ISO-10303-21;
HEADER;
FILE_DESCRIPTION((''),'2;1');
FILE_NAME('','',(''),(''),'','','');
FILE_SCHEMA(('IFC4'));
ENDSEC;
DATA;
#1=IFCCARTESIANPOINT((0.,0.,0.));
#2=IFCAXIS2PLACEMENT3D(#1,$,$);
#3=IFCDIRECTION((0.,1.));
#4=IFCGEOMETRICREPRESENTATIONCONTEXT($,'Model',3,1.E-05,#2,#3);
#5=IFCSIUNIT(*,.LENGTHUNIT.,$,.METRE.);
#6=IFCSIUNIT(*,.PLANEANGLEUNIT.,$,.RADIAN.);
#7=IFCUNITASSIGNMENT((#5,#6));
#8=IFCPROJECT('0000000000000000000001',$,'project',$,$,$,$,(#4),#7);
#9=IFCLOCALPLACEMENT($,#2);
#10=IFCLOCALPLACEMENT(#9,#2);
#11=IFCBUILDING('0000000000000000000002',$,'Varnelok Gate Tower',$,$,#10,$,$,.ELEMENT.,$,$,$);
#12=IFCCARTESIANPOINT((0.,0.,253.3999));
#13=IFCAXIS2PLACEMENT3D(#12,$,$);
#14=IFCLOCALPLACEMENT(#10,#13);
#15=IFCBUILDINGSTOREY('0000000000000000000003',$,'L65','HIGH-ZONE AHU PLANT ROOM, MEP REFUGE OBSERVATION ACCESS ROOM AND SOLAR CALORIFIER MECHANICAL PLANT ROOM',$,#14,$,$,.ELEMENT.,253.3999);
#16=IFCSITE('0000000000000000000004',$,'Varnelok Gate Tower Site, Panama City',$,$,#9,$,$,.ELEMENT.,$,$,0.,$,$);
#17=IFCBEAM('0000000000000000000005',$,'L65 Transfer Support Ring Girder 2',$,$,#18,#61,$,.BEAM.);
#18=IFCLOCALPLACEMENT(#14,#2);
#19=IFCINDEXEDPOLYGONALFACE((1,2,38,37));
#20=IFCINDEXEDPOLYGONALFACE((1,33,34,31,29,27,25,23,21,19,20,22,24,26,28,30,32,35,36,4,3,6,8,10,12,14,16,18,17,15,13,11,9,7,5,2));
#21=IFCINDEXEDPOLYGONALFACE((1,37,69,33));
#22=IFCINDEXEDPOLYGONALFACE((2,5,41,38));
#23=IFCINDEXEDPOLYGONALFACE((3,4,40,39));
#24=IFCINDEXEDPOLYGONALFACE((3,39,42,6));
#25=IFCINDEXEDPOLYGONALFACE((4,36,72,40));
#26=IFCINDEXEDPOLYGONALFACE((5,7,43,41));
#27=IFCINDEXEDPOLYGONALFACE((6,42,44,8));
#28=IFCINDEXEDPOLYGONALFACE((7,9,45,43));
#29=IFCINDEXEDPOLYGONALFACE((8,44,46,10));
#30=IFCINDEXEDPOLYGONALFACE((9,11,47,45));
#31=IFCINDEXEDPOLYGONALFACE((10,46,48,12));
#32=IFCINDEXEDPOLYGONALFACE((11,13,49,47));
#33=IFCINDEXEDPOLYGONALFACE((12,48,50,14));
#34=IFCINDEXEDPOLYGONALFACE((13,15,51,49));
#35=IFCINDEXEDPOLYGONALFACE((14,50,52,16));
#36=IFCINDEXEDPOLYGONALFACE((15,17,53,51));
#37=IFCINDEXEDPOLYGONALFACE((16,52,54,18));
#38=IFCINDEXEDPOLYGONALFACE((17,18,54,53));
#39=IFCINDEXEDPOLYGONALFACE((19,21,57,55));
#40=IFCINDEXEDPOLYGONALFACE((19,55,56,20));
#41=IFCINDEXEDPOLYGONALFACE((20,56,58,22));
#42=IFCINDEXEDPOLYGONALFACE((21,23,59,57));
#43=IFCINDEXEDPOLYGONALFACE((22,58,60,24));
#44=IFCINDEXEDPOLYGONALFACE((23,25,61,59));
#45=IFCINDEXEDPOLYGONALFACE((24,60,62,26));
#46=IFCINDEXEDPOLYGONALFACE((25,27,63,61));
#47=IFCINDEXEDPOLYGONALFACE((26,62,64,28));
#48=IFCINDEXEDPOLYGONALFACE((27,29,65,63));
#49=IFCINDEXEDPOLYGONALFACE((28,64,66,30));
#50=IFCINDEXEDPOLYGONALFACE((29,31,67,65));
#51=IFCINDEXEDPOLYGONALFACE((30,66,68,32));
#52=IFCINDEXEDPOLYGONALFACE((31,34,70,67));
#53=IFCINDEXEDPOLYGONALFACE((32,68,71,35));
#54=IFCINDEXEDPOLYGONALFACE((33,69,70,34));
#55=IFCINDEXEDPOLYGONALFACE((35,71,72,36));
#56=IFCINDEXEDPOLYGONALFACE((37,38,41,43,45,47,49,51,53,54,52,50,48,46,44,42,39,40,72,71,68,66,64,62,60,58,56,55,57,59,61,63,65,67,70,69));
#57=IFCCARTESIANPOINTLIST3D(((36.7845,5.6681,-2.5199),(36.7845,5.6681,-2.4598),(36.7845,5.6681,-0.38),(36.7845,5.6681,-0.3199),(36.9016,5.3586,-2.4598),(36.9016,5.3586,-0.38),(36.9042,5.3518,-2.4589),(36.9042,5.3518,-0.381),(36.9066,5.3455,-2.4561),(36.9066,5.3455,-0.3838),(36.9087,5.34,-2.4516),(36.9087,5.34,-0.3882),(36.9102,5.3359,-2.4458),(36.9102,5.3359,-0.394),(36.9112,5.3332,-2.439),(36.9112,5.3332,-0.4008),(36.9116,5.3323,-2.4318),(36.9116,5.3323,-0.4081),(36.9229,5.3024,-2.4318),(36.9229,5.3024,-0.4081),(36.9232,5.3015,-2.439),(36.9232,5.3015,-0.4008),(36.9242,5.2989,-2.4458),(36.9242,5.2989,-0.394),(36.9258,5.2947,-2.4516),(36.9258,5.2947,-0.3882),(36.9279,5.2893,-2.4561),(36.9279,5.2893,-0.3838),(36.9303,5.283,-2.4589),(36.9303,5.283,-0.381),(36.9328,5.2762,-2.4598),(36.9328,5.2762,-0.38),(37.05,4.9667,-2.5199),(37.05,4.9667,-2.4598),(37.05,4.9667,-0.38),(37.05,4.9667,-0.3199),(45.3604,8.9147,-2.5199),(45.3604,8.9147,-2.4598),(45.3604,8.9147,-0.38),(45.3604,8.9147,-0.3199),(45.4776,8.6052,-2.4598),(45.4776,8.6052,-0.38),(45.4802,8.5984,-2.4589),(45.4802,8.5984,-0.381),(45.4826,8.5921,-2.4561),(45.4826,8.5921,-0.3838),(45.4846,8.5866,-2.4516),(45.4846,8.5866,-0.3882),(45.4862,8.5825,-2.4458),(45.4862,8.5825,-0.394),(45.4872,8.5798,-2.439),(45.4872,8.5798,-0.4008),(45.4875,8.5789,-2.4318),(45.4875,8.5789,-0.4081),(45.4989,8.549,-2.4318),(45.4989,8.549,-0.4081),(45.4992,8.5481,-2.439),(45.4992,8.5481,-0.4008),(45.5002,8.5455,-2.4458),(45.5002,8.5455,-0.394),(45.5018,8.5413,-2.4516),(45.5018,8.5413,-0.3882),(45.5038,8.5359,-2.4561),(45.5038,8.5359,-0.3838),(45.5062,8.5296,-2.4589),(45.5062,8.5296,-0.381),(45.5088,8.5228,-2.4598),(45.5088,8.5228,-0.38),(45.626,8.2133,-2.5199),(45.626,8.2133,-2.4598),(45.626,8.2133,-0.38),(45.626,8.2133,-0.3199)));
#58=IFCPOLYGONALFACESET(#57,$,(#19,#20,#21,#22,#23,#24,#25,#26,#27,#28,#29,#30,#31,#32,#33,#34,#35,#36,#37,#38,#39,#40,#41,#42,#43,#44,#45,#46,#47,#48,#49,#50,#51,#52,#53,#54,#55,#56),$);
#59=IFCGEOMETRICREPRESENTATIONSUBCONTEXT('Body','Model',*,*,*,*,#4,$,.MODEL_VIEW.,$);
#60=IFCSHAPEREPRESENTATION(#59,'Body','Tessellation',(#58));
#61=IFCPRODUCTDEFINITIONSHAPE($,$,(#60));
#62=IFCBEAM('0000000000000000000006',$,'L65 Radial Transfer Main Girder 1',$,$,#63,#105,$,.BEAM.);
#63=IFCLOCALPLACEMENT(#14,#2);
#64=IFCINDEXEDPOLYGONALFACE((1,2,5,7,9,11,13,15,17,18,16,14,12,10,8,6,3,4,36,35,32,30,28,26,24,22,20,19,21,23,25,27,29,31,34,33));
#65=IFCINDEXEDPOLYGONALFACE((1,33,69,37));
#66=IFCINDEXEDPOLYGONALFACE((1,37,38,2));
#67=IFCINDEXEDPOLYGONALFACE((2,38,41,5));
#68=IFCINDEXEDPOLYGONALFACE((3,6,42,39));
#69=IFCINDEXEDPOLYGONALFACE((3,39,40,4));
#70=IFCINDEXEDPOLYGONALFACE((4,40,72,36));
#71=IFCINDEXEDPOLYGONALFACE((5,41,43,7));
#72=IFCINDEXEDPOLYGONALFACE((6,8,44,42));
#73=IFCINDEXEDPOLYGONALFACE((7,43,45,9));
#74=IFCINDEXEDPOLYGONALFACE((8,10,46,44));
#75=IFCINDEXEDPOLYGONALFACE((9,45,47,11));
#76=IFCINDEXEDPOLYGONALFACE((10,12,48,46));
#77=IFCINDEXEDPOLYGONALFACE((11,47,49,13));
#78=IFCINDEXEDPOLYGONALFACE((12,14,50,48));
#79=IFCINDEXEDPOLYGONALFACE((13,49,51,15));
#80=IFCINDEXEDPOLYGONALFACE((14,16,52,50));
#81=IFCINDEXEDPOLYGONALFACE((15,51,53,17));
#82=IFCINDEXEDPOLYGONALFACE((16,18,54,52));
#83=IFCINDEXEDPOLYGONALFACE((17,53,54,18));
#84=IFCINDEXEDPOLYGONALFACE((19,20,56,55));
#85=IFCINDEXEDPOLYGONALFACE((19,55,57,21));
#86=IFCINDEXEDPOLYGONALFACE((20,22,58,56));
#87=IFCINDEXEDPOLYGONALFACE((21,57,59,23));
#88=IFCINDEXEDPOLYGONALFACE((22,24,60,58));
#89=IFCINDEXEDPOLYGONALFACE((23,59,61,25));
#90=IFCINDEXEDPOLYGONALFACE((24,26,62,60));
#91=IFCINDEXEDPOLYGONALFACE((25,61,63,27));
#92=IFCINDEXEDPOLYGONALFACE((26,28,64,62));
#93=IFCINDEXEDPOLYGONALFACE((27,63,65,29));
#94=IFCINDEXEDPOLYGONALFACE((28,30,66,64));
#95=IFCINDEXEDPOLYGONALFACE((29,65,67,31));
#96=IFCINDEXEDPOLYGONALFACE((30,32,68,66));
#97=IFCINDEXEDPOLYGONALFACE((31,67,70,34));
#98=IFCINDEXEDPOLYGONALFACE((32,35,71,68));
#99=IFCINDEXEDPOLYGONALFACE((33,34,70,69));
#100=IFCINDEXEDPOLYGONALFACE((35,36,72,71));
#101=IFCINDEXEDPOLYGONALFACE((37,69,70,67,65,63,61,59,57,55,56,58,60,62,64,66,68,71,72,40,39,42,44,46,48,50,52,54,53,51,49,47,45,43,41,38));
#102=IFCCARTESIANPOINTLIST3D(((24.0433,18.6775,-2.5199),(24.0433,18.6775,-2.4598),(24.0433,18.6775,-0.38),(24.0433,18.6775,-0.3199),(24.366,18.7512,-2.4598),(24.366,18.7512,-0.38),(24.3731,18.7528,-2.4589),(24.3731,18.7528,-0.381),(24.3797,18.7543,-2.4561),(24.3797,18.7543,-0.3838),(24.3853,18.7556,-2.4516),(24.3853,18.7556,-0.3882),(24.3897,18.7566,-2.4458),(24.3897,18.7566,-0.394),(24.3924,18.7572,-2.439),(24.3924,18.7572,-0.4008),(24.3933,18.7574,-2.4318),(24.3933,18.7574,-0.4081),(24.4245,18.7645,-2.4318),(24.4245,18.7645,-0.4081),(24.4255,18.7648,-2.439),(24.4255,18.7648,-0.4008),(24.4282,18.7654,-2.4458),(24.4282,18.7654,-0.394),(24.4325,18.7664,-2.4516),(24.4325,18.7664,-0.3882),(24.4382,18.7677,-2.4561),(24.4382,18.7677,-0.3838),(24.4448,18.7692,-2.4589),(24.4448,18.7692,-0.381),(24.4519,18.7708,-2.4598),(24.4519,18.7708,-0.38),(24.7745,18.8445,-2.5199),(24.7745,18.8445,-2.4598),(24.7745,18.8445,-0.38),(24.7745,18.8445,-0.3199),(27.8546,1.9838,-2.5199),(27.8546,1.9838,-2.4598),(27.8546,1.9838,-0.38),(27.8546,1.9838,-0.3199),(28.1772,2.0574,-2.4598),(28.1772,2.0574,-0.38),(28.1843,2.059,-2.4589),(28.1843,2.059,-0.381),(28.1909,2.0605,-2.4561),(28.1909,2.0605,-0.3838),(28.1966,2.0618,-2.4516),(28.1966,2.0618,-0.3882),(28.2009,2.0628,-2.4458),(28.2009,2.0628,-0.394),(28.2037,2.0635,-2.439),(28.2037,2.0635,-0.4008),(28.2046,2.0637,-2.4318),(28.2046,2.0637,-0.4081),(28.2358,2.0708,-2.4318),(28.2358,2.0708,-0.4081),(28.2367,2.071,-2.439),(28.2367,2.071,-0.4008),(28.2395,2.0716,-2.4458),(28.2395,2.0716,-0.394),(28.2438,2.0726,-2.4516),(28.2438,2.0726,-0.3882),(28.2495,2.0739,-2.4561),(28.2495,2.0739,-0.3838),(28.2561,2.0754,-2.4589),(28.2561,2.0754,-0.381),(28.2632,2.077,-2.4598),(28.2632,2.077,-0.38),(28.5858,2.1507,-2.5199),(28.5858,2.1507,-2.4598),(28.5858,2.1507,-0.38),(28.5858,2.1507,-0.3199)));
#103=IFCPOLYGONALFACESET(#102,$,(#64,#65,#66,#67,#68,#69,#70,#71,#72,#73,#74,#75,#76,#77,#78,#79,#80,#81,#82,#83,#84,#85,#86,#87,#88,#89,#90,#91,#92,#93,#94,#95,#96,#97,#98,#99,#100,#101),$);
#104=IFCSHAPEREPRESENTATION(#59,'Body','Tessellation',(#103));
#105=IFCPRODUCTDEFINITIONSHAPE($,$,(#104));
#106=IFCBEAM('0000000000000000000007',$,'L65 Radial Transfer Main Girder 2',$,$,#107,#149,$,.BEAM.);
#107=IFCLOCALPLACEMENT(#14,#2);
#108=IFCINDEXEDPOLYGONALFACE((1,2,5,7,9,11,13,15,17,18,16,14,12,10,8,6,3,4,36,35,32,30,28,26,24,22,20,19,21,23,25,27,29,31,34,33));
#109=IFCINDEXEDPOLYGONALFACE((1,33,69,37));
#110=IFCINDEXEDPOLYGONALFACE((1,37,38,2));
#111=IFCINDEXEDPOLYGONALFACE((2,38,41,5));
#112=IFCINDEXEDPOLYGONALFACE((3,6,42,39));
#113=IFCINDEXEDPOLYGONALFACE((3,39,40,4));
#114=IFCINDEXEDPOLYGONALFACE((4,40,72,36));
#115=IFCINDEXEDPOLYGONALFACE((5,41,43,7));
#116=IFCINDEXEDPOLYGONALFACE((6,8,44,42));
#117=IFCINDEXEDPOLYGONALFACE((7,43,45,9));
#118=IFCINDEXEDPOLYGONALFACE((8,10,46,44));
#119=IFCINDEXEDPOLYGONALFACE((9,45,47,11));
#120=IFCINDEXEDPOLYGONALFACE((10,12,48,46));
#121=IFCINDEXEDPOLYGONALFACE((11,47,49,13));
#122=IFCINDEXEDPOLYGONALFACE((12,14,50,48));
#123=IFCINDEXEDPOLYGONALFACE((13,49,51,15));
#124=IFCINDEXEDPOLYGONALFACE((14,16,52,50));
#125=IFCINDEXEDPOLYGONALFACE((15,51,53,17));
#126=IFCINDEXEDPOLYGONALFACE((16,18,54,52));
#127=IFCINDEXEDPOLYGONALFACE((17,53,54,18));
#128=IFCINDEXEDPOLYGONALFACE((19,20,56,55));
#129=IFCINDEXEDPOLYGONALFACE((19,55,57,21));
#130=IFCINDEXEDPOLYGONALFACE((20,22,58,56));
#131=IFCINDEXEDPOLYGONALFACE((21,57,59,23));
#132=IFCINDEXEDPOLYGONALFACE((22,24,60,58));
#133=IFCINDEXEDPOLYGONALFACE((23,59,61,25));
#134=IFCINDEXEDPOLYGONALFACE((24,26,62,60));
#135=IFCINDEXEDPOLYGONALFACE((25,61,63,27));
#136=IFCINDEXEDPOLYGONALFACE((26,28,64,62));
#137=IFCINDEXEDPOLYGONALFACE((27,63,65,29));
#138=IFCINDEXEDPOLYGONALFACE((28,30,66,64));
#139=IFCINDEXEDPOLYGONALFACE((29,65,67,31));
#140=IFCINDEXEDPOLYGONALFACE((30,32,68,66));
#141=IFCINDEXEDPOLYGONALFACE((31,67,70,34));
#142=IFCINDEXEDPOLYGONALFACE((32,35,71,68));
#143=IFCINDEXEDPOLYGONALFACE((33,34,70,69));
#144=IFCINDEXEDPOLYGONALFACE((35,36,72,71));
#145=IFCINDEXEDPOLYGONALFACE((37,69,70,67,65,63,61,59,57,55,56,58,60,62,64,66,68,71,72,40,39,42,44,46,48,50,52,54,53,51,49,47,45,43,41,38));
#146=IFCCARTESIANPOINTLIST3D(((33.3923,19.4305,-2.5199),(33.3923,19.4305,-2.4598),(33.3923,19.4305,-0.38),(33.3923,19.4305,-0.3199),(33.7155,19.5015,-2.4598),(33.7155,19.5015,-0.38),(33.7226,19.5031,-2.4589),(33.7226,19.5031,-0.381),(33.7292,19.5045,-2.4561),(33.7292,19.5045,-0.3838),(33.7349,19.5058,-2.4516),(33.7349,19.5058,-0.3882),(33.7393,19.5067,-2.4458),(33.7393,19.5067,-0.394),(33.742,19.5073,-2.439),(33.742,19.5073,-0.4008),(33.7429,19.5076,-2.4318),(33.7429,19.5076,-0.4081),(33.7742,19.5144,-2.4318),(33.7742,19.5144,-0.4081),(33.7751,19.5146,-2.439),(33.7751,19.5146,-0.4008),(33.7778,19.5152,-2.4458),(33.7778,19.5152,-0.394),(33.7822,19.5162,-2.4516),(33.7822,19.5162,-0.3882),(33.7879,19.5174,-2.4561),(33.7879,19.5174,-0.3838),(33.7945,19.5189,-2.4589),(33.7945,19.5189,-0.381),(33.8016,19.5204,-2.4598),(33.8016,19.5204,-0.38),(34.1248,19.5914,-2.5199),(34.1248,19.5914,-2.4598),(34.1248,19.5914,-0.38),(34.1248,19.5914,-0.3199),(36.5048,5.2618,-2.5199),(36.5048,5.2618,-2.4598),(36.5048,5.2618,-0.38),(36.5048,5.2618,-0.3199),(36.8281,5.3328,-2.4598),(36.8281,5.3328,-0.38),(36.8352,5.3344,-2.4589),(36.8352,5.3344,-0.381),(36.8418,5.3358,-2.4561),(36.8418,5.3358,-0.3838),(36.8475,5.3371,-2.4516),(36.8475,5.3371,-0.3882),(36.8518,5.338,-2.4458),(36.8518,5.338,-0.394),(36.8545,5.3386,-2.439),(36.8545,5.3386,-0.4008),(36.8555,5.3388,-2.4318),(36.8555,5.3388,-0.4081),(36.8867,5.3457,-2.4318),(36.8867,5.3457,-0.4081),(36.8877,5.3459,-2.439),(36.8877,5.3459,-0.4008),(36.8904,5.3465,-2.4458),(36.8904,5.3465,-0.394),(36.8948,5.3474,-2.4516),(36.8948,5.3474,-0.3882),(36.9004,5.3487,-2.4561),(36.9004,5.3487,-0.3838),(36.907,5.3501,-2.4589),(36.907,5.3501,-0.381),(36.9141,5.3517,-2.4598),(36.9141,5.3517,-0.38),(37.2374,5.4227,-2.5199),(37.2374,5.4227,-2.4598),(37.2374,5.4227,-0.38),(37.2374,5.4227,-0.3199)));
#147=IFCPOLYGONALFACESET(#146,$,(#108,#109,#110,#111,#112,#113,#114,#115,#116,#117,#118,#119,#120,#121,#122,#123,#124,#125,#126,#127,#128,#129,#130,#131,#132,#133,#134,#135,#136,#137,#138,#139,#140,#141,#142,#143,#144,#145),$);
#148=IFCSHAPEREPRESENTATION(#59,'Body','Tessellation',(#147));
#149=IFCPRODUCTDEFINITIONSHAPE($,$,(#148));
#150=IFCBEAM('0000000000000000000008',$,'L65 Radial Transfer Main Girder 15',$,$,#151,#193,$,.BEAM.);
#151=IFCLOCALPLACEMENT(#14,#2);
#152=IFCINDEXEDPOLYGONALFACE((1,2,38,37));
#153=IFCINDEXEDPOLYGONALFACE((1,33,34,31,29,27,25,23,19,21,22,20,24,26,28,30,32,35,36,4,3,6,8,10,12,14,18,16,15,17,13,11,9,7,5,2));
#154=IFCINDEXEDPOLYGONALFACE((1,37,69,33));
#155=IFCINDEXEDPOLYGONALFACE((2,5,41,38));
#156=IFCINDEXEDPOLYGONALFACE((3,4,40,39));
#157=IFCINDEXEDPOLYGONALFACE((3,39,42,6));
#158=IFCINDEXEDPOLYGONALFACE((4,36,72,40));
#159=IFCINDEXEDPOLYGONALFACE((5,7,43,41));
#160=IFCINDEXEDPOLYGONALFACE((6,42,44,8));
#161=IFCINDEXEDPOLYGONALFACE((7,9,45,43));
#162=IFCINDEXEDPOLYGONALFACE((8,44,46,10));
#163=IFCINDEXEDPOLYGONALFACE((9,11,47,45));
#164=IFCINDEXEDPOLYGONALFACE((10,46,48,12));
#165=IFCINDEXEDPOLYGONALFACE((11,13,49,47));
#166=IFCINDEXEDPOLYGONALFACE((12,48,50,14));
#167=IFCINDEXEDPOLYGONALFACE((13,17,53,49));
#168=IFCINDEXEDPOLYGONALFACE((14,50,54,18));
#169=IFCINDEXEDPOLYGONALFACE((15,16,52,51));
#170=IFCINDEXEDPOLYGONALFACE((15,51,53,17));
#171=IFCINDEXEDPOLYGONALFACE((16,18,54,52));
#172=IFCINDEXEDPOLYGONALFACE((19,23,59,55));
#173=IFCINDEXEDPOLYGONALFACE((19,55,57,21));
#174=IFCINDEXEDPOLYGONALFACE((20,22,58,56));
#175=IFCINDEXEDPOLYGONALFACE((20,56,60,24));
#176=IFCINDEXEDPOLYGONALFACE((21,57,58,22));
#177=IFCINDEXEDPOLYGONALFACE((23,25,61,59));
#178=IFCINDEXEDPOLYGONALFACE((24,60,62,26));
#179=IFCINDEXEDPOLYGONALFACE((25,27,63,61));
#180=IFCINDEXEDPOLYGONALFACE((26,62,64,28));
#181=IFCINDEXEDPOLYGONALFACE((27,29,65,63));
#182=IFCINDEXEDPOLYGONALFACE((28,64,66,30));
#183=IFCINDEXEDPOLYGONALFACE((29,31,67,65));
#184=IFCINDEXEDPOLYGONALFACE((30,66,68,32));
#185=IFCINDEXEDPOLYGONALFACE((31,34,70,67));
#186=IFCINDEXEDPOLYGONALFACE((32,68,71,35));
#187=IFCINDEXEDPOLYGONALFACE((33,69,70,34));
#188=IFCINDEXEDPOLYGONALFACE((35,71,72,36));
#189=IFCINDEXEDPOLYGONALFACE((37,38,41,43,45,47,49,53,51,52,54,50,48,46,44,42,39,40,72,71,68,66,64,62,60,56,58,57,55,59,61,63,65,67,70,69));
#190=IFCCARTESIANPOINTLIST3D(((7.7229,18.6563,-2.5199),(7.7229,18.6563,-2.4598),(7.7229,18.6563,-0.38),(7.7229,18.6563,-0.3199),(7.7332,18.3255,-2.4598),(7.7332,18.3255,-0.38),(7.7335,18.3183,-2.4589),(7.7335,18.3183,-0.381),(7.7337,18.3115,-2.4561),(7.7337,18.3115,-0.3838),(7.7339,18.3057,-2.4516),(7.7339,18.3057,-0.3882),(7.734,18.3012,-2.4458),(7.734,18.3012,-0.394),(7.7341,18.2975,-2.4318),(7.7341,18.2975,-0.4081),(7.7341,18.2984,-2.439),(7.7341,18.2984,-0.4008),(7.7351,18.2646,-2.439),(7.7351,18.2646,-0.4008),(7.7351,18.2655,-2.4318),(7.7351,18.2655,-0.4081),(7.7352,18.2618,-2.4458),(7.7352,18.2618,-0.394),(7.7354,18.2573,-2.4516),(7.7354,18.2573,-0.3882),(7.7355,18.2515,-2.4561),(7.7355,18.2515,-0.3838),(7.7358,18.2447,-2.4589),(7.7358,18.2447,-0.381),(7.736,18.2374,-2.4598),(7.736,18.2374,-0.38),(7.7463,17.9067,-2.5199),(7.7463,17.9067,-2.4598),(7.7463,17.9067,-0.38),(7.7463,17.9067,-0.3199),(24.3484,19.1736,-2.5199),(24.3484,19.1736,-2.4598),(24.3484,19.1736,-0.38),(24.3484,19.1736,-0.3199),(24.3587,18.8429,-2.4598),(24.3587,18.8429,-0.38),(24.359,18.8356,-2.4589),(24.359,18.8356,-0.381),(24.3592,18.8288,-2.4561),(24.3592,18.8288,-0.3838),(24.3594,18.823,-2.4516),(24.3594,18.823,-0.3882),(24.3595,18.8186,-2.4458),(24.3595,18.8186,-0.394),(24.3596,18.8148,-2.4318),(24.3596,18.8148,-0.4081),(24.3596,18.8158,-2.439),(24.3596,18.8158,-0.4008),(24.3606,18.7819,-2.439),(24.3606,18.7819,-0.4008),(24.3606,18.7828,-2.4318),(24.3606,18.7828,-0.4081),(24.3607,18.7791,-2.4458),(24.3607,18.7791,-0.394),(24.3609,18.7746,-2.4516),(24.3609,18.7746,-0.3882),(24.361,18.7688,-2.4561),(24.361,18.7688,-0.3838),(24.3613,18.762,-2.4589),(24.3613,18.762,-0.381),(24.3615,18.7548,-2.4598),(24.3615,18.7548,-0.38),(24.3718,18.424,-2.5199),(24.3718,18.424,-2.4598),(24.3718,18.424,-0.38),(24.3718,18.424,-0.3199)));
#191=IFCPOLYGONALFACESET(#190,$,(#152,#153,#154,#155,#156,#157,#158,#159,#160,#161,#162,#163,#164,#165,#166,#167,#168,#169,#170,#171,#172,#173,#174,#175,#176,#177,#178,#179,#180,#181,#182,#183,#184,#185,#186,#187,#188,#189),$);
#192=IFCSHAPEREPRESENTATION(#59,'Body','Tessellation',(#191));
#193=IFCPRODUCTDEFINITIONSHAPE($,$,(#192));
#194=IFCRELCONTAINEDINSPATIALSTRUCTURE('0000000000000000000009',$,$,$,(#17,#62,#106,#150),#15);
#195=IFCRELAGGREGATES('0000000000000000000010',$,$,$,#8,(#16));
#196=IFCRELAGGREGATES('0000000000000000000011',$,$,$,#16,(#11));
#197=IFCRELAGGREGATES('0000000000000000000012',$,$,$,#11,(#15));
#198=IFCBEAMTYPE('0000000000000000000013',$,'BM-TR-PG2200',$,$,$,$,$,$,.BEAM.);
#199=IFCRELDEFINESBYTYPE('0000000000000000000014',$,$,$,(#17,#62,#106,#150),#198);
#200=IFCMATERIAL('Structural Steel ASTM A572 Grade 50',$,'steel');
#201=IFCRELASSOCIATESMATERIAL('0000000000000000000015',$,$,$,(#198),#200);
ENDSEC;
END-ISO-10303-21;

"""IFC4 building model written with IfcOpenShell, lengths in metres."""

from ifc_helpers import new_model, si_unit, direction, frame, origin, origin_2d, place, context, subcontext, project, spatial, i_section, extrude, material, material_profile, profile_set, type_object, element, save


model = new_model("IFC4")

# Units and contexts
model_context = context("Model", 3, precision=1e-05, world=origin(), true_north=direction((0.0, 1.0)))
body_context = subcontext(model_context, "Body", "Model", "MODEL_VIEW")
ifc_project = project(units=[si_unit("LENGTHUNIT", "METRE"), si_unit("PLANEANGLEUNIT", "RADIAN")], contexts=[model_context])

# Site, building, storey
site_placement = place(None, origin())
site = spatial("IfcSite", under=ifc_project, at=site_placement, Name="Varnelok Gate Tower Site, Panama City", CompositionType="ELEMENT", RefElevation=0.0)
building_placement = place(site_placement, origin())
building = spatial("IfcBuilding", under=site, at=building_placement, Name="Varnelok Gate Tower", CompositionType="ELEMENT")
storey_placement = place(building_placement, frame((0.0, 0.0, 253.3999)))
storey = spatial("IfcBuildingStorey", under=building, at=storey_placement, Name="L65", Description="HIGH-ZONE AHU PLANT ROOM, MEP REFUGE OBSERVATION ACCESS ROOM AND SOLAR CALORIFIER MECHANICAL PLANT ROOM", CompositionType="ELEMENT", Elevation=253.3999)

# Beams
ifc_material_1 = material(Name="Structural Steel ASTM A572 Grade 50", Category="steel")
ifc_material_profile_1 = material_profile(ifc_material_1, i_section(OverallWidth=0.75, OverallDepth=2.2, WebThickness=0.032, FlangeThickness=0.0601, FilletRadius=0.0281, at=origin_2d()), Name="PG2200X750")
ifc_profile_set_1 = profile_set([ifc_material_profile_1], Name="Structural Steel ASTM A572 Grade 50")
beam_type_1 = type_object("IfcBeamType", Name="BM-TR-PG2200", PredefinedType="BEAM", material=ifc_profile_set_1)
for number, where, z_axis, x_axis, name in (
    (1, (36.9172, 5.3174, -1.4199), (0.935227, 0.354048, 0.0), (-0.354048, 0.935227, 0.0), "L65 Transfer Support Ring Girder 2"),
):
    element("IfcBeam", number, at=place(storey_placement, frame(where, z_axis=z_axis, x_axis=x_axis)), inside=storey, type_object=beam_type_1, Name=name, PredefinedType="BEAM", context=body_context, shape_type="SweptSolid", body=[
        extrude(i_section(OverallWidth=0.75, OverallDepth=2.2, WebThickness=0.032, FlangeThickness=0.0601, FilletRadius=0.0281, at=origin_2d()), origin(), (0.0, 0.0, 1.0), 9.1699),
    ])
beam_1_placement = place(storey_placement, frame((24.4089, 18.761, -1.4199), z_axis=(0.222577, -0.974915, 0.0), x_axis=(0.974915, 0.222577, 0.0)))
element("IfcBeam", 2, at=beam_1_placement, inside=storey, type_object=beam_type_1, Name="L65 Radial Transfer Main Girder 1", PredefinedType="BEAM", context=body_context, shape_type="SweptSolid", body=[
    extrude(i_section(OverallWidth=0.75, OverallDepth=2.2, WebThickness=0.032, FlangeThickness=0.0601, FilletRadius=0.0281, at=origin_2d()), origin(), (0.0, 0.0, 1.0), 17.1233),
])
beam_2_placement = place(storey_placement, frame((33.7585, 19.511, -1.4199), z_axis=(0.214562, -0.97671, 0.0), x_axis=(0.97671, 0.214562, 0.0)))
element("IfcBeam", 3, at=beam_2_placement, inside=storey, type_object=beam_type_1, Name="L65 Radial Transfer Main Girder 2", PredefinedType="BEAM", context=body_context, shape_type="SweptSolid", body=[
    extrude(i_section(OverallWidth=0.75, OverallDepth=2.2, WebThickness=0.032, FlangeThickness=0.0601, FilletRadius=0.0281, at=origin_2d()), origin(), (0.0, 0.0, 1.0), 14.5066),
])
beam_3_placement = place(storey_placement, frame((24.3601, 18.7988, -1.4199), z_axis=(-0.999516, -0.031102, 0.0), x_axis=(0.031102, -0.999516, 0.0)))
element("IfcBeam", 4, at=beam_3_placement, inside=storey, type_object=beam_type_1, Name="L65 Radial Transfer Main Girder 15", PredefinedType="BEAM", context=body_context, shape_type="SweptSolid", body=[
    extrude(i_section(OverallWidth=0.75, OverallDepth=2.2, WebThickness=0.032, FlangeThickness=0.0601, FilletRadius=0.0281, at=origin_2d()), origin(), (0.0, 0.0, 1.0), 16.6335),
])

save(model, "model.ifc")
